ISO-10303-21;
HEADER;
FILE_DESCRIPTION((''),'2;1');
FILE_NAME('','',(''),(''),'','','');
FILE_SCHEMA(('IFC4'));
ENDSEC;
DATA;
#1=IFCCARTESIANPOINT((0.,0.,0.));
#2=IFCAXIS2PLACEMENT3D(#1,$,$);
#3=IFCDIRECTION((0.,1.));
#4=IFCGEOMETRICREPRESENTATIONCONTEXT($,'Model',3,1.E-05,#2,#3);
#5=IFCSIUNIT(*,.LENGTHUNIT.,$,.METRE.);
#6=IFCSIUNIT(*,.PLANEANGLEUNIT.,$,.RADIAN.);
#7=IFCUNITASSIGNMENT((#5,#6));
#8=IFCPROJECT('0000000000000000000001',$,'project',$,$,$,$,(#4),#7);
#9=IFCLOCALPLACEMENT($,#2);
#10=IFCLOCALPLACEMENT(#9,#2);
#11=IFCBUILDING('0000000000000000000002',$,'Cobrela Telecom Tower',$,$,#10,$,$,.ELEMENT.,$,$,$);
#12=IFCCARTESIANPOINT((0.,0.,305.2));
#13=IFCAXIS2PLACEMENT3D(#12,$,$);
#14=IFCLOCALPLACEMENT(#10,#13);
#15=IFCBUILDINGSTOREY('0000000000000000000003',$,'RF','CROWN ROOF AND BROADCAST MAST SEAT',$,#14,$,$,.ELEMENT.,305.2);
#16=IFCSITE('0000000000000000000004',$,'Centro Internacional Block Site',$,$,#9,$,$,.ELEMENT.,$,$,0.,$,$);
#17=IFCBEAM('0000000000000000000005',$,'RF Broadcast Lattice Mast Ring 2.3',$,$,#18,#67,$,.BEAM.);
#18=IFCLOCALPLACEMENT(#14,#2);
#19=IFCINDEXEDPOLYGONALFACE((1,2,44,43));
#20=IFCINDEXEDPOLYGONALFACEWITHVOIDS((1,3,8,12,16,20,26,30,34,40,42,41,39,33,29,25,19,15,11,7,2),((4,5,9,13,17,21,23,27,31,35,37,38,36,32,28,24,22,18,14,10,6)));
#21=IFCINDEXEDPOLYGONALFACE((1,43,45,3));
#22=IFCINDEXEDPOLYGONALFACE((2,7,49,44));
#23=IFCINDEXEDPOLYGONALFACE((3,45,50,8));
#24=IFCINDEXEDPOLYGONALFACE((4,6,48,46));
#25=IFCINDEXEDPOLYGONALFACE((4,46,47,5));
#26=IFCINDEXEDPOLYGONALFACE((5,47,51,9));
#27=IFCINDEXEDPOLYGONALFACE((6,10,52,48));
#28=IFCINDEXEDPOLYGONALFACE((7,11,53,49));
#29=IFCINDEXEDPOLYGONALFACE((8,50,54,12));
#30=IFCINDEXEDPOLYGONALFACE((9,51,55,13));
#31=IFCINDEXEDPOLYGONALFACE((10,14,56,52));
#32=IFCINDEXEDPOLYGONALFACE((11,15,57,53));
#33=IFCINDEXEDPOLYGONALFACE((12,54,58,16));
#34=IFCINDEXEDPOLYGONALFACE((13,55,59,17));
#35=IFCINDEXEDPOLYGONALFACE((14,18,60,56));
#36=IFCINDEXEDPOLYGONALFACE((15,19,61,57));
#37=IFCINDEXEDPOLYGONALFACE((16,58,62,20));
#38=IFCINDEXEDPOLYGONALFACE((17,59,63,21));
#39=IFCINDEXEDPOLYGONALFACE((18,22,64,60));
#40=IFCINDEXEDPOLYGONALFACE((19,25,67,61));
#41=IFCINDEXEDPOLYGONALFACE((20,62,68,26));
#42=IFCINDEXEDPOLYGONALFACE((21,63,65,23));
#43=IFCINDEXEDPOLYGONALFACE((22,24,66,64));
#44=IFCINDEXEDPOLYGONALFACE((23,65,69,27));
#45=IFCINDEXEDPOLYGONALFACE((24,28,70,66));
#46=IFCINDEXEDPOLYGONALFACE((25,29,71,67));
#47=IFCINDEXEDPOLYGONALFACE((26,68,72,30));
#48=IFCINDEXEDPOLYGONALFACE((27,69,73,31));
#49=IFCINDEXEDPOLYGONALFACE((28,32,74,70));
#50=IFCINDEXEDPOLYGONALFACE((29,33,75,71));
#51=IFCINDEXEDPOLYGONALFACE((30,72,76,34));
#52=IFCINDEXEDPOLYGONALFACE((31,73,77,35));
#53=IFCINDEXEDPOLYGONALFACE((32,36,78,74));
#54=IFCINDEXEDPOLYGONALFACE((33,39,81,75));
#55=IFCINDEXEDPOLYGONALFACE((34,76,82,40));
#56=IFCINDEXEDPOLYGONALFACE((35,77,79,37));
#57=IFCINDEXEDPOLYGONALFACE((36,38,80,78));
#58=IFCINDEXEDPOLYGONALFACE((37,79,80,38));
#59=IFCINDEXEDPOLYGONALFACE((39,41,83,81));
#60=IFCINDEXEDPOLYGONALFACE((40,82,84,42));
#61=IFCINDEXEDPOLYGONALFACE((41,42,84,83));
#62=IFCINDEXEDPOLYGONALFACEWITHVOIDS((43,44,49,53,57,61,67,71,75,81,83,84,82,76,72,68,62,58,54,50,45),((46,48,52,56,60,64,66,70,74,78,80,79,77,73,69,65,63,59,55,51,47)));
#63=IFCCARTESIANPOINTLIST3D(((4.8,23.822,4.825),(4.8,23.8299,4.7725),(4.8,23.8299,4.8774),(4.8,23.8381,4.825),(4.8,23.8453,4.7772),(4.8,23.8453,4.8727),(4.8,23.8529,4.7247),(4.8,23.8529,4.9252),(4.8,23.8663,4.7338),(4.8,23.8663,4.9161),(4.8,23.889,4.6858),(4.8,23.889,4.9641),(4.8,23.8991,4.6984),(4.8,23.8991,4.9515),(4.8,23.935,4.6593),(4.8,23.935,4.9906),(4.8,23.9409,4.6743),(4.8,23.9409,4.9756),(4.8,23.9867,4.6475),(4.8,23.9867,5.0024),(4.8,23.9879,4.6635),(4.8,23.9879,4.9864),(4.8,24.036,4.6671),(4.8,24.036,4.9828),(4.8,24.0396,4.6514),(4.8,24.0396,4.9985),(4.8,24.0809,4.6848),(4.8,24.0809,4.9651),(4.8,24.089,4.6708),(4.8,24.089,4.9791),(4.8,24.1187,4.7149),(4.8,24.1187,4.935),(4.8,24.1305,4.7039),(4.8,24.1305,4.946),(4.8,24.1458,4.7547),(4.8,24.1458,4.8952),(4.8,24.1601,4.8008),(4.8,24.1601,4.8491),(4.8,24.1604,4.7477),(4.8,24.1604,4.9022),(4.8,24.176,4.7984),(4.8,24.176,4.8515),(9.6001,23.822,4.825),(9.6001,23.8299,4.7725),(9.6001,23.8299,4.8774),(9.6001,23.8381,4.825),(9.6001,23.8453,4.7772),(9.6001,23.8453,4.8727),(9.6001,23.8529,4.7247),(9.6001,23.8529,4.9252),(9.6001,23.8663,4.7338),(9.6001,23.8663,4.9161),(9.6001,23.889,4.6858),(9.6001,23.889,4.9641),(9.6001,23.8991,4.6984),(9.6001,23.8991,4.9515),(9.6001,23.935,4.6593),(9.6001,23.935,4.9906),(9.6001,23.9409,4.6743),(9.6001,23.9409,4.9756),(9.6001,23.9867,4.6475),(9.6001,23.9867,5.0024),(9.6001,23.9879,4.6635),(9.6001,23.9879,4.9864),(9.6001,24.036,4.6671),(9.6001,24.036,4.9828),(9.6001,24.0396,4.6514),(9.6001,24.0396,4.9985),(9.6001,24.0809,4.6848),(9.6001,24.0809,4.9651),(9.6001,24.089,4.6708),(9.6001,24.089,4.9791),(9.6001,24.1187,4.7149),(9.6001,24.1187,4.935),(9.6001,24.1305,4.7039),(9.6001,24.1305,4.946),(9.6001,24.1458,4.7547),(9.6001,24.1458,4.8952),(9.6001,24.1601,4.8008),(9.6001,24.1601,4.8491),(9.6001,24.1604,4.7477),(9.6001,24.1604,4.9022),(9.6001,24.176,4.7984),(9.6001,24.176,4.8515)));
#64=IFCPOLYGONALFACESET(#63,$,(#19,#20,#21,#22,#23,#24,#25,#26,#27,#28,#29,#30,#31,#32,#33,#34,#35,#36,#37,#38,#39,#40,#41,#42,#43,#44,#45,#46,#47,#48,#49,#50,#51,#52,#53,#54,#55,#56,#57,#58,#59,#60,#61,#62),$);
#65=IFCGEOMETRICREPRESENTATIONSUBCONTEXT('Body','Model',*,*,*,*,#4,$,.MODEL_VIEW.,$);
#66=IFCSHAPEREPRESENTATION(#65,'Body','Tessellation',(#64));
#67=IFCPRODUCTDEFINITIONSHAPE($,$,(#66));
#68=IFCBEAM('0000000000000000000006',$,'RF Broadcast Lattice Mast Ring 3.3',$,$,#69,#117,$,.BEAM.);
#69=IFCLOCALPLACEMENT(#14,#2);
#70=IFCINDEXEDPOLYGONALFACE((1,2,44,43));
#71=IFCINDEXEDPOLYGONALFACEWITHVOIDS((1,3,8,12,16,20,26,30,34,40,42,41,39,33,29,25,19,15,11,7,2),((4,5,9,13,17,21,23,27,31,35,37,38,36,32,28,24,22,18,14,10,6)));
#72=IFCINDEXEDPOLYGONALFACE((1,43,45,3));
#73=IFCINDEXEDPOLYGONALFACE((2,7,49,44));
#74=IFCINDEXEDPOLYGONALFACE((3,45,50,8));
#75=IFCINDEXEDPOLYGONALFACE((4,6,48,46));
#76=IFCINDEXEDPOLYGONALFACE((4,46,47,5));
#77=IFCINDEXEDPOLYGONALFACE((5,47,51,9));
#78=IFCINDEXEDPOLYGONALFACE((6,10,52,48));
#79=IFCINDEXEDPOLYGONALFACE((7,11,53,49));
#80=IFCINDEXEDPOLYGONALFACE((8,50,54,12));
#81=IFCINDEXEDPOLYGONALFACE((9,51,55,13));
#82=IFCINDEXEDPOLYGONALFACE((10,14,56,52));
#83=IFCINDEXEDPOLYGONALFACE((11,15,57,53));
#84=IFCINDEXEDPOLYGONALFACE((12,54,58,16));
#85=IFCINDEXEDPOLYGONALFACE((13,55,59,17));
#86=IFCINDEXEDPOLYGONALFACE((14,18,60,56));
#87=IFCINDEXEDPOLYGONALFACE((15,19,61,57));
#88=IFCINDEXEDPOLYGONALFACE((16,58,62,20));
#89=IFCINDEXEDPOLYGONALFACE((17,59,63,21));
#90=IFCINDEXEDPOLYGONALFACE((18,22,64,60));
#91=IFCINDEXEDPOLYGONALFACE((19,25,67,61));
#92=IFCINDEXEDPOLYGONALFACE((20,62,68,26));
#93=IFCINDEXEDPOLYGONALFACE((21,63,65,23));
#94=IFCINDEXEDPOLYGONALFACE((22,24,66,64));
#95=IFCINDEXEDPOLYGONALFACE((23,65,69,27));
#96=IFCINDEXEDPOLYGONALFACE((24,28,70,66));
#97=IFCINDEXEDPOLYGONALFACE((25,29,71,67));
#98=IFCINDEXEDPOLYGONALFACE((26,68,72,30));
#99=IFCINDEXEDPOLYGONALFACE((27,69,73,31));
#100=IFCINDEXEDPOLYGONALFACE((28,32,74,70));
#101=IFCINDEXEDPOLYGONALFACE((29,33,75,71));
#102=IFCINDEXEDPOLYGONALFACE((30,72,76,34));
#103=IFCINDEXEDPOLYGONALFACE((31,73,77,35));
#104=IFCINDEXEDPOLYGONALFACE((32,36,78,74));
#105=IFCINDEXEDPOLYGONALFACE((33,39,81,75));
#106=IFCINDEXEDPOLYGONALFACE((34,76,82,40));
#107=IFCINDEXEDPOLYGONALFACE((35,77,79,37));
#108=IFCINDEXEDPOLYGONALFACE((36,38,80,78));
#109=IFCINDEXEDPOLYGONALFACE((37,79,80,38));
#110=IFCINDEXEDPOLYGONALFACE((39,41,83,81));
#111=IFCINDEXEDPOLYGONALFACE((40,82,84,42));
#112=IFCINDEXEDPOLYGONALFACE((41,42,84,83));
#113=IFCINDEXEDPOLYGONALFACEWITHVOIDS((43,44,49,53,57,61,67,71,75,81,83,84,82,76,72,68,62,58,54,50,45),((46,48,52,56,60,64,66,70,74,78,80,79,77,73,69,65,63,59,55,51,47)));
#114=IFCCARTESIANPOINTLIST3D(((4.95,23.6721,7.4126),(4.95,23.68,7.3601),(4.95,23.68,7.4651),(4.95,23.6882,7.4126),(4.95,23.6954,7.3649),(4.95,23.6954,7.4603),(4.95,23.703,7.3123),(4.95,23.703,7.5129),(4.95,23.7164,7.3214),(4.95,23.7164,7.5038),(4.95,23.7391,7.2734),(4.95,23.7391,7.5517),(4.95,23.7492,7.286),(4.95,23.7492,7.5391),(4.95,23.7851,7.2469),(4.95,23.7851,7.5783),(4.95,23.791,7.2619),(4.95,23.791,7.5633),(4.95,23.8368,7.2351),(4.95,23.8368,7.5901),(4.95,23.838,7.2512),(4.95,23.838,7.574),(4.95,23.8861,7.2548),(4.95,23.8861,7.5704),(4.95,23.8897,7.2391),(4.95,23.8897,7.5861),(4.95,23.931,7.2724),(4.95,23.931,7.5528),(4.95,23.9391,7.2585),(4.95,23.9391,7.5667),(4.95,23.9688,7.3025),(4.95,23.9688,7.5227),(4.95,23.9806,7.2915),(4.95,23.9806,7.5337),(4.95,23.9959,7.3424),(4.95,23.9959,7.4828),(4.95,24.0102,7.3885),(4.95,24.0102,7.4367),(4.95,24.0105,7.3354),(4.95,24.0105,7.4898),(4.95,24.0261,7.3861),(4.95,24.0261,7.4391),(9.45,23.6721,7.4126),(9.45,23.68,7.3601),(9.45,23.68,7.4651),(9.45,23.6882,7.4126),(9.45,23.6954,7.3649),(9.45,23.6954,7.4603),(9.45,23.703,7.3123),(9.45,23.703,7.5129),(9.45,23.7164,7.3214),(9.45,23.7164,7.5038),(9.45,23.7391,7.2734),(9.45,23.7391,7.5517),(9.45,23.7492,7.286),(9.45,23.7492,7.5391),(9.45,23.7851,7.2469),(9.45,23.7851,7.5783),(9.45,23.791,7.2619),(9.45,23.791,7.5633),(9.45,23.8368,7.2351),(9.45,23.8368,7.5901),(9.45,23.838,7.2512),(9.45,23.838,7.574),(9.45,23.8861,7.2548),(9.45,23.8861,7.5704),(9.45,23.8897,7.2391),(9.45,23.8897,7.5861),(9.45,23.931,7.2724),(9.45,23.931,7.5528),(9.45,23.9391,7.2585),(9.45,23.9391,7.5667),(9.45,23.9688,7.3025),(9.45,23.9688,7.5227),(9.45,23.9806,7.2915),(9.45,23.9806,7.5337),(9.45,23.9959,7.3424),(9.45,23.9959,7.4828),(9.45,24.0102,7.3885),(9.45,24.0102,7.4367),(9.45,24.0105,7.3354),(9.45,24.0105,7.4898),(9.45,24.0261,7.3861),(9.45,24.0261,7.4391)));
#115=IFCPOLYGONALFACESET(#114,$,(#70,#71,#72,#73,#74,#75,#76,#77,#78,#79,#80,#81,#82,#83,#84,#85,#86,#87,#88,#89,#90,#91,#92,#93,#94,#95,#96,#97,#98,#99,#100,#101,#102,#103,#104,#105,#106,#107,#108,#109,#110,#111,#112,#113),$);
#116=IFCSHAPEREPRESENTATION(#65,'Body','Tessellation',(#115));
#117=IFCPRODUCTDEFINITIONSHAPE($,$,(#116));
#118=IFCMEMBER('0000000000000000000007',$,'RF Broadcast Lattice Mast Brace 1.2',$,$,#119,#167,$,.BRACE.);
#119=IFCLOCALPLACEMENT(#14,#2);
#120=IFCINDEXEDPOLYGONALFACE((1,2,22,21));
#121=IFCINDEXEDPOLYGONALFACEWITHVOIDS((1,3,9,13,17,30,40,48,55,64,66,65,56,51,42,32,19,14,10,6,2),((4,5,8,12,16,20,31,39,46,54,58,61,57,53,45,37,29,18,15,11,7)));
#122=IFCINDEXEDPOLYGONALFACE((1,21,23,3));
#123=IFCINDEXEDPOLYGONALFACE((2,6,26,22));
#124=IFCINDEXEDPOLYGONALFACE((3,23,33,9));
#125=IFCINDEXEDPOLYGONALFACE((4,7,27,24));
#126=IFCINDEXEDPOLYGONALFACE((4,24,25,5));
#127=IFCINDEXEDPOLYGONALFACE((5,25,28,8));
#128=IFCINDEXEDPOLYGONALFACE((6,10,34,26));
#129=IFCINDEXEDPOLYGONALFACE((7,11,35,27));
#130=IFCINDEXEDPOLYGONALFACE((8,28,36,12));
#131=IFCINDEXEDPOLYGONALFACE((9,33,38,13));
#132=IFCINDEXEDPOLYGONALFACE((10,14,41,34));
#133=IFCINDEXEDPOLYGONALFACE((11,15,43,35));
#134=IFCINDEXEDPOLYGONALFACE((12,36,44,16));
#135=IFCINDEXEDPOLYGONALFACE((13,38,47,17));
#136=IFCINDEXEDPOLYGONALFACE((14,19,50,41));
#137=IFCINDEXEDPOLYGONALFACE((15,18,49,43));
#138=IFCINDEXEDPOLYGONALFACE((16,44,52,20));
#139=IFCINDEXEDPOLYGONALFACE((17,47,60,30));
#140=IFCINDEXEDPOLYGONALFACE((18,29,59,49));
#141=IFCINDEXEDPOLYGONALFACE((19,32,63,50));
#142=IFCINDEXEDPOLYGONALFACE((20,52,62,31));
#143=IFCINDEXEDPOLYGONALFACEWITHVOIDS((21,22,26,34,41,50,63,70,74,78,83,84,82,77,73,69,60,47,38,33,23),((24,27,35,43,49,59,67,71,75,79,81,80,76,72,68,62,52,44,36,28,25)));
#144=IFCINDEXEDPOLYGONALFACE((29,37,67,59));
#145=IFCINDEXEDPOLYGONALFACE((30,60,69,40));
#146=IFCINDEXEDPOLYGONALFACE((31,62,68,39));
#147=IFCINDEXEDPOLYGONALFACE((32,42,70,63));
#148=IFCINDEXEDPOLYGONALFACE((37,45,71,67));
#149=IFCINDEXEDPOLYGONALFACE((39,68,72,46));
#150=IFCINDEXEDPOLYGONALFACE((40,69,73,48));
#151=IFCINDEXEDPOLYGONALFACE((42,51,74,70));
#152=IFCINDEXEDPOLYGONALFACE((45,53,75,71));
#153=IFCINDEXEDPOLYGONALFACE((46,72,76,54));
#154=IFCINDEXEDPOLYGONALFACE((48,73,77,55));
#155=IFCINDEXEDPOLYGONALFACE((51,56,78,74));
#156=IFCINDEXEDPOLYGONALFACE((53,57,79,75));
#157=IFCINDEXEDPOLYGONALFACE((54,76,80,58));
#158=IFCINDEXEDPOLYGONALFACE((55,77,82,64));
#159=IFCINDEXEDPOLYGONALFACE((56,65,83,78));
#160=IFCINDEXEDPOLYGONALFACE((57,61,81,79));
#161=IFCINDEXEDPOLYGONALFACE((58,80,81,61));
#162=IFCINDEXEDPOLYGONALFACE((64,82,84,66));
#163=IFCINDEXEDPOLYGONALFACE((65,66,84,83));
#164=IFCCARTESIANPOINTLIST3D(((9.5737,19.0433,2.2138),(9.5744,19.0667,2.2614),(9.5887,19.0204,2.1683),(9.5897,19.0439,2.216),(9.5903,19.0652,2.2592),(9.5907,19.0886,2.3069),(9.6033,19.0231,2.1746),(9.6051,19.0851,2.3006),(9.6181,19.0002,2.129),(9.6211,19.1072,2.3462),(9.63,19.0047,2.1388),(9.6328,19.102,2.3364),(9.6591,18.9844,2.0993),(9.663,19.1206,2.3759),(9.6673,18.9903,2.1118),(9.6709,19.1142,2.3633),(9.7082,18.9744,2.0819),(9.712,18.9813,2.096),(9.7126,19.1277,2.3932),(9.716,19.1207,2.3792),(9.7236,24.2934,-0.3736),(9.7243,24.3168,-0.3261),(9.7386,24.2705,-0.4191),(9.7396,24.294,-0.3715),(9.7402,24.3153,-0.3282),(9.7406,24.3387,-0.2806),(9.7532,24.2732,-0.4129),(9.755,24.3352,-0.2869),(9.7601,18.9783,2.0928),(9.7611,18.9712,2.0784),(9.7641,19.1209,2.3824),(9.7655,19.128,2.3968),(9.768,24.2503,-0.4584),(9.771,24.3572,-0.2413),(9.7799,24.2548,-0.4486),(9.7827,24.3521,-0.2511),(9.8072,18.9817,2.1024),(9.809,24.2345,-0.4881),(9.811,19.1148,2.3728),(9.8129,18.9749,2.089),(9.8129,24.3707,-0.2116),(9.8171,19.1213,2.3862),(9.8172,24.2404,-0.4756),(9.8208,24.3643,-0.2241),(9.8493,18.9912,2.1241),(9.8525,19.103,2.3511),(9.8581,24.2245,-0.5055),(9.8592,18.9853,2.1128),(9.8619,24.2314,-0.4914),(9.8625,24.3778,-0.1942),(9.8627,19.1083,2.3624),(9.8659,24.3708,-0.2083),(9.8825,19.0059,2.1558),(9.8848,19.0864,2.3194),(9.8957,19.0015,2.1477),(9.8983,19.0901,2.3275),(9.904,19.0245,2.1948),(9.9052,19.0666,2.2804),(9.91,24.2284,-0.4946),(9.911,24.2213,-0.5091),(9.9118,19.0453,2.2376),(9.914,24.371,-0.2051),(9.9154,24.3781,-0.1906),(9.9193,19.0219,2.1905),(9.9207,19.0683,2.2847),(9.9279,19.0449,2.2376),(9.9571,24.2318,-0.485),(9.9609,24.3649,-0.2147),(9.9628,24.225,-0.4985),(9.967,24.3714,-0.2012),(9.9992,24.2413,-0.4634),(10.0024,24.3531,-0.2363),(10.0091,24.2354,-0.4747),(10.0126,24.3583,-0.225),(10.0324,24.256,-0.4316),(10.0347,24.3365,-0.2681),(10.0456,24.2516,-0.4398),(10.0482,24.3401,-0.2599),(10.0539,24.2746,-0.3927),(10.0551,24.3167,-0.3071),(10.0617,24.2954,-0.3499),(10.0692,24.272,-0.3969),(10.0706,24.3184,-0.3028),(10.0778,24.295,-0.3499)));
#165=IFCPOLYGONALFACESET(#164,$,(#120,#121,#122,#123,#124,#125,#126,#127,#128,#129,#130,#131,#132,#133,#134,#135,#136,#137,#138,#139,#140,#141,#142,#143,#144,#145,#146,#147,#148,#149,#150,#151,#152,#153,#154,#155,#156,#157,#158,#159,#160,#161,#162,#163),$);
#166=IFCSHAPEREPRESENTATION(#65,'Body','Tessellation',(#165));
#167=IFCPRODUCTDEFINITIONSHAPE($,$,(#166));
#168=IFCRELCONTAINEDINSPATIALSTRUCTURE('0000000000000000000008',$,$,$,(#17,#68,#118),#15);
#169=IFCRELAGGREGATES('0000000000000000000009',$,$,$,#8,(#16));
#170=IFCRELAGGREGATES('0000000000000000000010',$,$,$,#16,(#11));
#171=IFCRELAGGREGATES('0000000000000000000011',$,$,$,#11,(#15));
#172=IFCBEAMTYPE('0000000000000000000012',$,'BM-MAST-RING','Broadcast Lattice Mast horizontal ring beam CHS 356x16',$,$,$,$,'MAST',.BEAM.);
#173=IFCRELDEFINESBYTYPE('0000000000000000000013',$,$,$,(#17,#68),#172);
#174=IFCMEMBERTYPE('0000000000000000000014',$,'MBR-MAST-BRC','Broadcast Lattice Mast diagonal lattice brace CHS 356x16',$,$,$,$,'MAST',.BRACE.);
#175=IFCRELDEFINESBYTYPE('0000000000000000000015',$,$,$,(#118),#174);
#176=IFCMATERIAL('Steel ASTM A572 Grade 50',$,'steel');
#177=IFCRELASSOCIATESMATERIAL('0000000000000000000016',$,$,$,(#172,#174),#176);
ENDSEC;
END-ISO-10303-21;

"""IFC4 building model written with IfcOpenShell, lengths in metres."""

from ifc_helpers import new_model, si_unit, direction, frame, origin, origin_2d, place, context, subcontext, project, spatial, hollow_circle, extrude, material, material_profile, profile_set, type_object, element, save


model = new_model("IFC4")

# Units and contexts
model_context = context("Model", 3, precision=1e-05, world=origin(), true_north=direction((0.0, 1.0)))
body_context = subcontext(model_context, "Body", "Model", "MODEL_VIEW")
ifc_project = project(units=[si_unit("LENGTHUNIT", "METRE"), si_unit("PLANEANGLEUNIT", "RADIAN")], contexts=[model_context])

# Site, building, storey
site_placement = place(None, origin())
site = spatial("IfcSite", under=ifc_project, at=site_placement, Name="Centro Internacional Block Site", CompositionType="ELEMENT", RefElevation=0.0)
building_placement = place(site_placement, origin())
building = spatial("IfcBuilding", under=site, at=building_placement, Name="Cobrela Telecom Tower", CompositionType="ELEMENT")
storey_placement = place(building_placement, frame((0.0, 0.0, 305.2)))
storey = spatial("IfcBuildingStorey", under=building, at=storey_placement, Name="RF", Description="CROWN ROOF AND BROADCAST MAST SEAT", CompositionType="ELEMENT", Elevation=305.2)

# Shared definitions
ifc_material_1 = material(Name="Steel ASTM A572 Grade 50", Category="steel")

# Beams
ifc_material_profile_1 = material_profile(ifc_material_1, hollow_circle(Radius=0.178, WallThickness=0.0161, at=origin_2d()), Name="CHS 356x16")
ifc_profile_set_1 = profile_set([ifc_material_profile_1], Name="Steel ASTM A572 Grade 50")
beam_type_1 = type_object("IfcBeamType", Name="BM-MAST-RING", Description="Broadcast Lattice Mast horizontal ring beam CHS 356x16", ElementType="MAST", PredefinedType="BEAM", material=ifc_profile_set_1)
beam_1_placement = place(storey_placement, frame((9.6001, 24.0, 4.825), z_axis=(-1.0, 0.0, 0.0), x_axis=(0.0, -1.0, 0.0)))
element("IfcBeam", 1, at=beam_1_placement, inside=storey, type_object=beam_type_1, Name="RF Broadcast Lattice Mast Ring 2.3", PredefinedType="BEAM", context=body_context, shape_type="SweptSolid", body=[
    extrude(hollow_circle(Radius=0.178, WallThickness=0.0161, at=origin_2d()), origin(), (0.0, 0.0, 1.0), 4.8),
])
beam_2_placement = place(storey_placement, frame((9.45, 23.8501, 7.4126), z_axis=(-1.0, 0.0, 0.0), x_axis=(0.0, -1.0, 0.0)))
element("IfcBeam", 2, at=beam_2_placement, inside=storey, type_object=beam_type_1, Name="RF Broadcast Lattice Mast Ring 3.3", PredefinedType="BEAM", context=body_context, shape_type="SweptSolid", body=[
    extrude(hollow_circle(Radius=0.178, WallThickness=0.0161, at=origin_2d()), origin(), (0.0, 0.0, 1.0), 4.5),
])

# Member
ifc_material_profile_2 = material_profile(ifc_material_1, hollow_circle(Radius=0.178, WallThickness=0.0161, at=origin_2d()), Name="CHS 356x16")
ifc_profile_set_2 = profile_set([ifc_material_profile_2], Name="Steel ASTM A572 Grade 50")
member_type = type_object("IfcMemberType", Name="MBR-MAST-BRC", Description="Broadcast Lattice Mast diagonal lattice brace CHS 356x16", ElementType="MAST", PredefinedType="BRACE", material=ifc_profile_set_2)
for number, where, z_axis, x_axis, name in (
    (3, (9.8999, 24.3, -0.3499), (-0.025603, -0.896688, 0.441922), (0.999593, -0.028541, 0.0), "RF Broadcast Lattice Mast Brace 1.2"),
):
    element("IfcMember", number, at=place(storey_placement, frame(where, z_axis=z_axis, x_axis=x_axis)), inside=storey, type_object=member_type, Name=name, PredefinedType="BRACE", context=body_context, shape_type="SweptSolid", body=[
        extrude(hollow_circle(Radius=0.178, WallThickness=0.0161, at=origin_2d()), origin(), (0.0, 0.0, 1.0), 5.855),
    ])

save(model, "model.ifc")
